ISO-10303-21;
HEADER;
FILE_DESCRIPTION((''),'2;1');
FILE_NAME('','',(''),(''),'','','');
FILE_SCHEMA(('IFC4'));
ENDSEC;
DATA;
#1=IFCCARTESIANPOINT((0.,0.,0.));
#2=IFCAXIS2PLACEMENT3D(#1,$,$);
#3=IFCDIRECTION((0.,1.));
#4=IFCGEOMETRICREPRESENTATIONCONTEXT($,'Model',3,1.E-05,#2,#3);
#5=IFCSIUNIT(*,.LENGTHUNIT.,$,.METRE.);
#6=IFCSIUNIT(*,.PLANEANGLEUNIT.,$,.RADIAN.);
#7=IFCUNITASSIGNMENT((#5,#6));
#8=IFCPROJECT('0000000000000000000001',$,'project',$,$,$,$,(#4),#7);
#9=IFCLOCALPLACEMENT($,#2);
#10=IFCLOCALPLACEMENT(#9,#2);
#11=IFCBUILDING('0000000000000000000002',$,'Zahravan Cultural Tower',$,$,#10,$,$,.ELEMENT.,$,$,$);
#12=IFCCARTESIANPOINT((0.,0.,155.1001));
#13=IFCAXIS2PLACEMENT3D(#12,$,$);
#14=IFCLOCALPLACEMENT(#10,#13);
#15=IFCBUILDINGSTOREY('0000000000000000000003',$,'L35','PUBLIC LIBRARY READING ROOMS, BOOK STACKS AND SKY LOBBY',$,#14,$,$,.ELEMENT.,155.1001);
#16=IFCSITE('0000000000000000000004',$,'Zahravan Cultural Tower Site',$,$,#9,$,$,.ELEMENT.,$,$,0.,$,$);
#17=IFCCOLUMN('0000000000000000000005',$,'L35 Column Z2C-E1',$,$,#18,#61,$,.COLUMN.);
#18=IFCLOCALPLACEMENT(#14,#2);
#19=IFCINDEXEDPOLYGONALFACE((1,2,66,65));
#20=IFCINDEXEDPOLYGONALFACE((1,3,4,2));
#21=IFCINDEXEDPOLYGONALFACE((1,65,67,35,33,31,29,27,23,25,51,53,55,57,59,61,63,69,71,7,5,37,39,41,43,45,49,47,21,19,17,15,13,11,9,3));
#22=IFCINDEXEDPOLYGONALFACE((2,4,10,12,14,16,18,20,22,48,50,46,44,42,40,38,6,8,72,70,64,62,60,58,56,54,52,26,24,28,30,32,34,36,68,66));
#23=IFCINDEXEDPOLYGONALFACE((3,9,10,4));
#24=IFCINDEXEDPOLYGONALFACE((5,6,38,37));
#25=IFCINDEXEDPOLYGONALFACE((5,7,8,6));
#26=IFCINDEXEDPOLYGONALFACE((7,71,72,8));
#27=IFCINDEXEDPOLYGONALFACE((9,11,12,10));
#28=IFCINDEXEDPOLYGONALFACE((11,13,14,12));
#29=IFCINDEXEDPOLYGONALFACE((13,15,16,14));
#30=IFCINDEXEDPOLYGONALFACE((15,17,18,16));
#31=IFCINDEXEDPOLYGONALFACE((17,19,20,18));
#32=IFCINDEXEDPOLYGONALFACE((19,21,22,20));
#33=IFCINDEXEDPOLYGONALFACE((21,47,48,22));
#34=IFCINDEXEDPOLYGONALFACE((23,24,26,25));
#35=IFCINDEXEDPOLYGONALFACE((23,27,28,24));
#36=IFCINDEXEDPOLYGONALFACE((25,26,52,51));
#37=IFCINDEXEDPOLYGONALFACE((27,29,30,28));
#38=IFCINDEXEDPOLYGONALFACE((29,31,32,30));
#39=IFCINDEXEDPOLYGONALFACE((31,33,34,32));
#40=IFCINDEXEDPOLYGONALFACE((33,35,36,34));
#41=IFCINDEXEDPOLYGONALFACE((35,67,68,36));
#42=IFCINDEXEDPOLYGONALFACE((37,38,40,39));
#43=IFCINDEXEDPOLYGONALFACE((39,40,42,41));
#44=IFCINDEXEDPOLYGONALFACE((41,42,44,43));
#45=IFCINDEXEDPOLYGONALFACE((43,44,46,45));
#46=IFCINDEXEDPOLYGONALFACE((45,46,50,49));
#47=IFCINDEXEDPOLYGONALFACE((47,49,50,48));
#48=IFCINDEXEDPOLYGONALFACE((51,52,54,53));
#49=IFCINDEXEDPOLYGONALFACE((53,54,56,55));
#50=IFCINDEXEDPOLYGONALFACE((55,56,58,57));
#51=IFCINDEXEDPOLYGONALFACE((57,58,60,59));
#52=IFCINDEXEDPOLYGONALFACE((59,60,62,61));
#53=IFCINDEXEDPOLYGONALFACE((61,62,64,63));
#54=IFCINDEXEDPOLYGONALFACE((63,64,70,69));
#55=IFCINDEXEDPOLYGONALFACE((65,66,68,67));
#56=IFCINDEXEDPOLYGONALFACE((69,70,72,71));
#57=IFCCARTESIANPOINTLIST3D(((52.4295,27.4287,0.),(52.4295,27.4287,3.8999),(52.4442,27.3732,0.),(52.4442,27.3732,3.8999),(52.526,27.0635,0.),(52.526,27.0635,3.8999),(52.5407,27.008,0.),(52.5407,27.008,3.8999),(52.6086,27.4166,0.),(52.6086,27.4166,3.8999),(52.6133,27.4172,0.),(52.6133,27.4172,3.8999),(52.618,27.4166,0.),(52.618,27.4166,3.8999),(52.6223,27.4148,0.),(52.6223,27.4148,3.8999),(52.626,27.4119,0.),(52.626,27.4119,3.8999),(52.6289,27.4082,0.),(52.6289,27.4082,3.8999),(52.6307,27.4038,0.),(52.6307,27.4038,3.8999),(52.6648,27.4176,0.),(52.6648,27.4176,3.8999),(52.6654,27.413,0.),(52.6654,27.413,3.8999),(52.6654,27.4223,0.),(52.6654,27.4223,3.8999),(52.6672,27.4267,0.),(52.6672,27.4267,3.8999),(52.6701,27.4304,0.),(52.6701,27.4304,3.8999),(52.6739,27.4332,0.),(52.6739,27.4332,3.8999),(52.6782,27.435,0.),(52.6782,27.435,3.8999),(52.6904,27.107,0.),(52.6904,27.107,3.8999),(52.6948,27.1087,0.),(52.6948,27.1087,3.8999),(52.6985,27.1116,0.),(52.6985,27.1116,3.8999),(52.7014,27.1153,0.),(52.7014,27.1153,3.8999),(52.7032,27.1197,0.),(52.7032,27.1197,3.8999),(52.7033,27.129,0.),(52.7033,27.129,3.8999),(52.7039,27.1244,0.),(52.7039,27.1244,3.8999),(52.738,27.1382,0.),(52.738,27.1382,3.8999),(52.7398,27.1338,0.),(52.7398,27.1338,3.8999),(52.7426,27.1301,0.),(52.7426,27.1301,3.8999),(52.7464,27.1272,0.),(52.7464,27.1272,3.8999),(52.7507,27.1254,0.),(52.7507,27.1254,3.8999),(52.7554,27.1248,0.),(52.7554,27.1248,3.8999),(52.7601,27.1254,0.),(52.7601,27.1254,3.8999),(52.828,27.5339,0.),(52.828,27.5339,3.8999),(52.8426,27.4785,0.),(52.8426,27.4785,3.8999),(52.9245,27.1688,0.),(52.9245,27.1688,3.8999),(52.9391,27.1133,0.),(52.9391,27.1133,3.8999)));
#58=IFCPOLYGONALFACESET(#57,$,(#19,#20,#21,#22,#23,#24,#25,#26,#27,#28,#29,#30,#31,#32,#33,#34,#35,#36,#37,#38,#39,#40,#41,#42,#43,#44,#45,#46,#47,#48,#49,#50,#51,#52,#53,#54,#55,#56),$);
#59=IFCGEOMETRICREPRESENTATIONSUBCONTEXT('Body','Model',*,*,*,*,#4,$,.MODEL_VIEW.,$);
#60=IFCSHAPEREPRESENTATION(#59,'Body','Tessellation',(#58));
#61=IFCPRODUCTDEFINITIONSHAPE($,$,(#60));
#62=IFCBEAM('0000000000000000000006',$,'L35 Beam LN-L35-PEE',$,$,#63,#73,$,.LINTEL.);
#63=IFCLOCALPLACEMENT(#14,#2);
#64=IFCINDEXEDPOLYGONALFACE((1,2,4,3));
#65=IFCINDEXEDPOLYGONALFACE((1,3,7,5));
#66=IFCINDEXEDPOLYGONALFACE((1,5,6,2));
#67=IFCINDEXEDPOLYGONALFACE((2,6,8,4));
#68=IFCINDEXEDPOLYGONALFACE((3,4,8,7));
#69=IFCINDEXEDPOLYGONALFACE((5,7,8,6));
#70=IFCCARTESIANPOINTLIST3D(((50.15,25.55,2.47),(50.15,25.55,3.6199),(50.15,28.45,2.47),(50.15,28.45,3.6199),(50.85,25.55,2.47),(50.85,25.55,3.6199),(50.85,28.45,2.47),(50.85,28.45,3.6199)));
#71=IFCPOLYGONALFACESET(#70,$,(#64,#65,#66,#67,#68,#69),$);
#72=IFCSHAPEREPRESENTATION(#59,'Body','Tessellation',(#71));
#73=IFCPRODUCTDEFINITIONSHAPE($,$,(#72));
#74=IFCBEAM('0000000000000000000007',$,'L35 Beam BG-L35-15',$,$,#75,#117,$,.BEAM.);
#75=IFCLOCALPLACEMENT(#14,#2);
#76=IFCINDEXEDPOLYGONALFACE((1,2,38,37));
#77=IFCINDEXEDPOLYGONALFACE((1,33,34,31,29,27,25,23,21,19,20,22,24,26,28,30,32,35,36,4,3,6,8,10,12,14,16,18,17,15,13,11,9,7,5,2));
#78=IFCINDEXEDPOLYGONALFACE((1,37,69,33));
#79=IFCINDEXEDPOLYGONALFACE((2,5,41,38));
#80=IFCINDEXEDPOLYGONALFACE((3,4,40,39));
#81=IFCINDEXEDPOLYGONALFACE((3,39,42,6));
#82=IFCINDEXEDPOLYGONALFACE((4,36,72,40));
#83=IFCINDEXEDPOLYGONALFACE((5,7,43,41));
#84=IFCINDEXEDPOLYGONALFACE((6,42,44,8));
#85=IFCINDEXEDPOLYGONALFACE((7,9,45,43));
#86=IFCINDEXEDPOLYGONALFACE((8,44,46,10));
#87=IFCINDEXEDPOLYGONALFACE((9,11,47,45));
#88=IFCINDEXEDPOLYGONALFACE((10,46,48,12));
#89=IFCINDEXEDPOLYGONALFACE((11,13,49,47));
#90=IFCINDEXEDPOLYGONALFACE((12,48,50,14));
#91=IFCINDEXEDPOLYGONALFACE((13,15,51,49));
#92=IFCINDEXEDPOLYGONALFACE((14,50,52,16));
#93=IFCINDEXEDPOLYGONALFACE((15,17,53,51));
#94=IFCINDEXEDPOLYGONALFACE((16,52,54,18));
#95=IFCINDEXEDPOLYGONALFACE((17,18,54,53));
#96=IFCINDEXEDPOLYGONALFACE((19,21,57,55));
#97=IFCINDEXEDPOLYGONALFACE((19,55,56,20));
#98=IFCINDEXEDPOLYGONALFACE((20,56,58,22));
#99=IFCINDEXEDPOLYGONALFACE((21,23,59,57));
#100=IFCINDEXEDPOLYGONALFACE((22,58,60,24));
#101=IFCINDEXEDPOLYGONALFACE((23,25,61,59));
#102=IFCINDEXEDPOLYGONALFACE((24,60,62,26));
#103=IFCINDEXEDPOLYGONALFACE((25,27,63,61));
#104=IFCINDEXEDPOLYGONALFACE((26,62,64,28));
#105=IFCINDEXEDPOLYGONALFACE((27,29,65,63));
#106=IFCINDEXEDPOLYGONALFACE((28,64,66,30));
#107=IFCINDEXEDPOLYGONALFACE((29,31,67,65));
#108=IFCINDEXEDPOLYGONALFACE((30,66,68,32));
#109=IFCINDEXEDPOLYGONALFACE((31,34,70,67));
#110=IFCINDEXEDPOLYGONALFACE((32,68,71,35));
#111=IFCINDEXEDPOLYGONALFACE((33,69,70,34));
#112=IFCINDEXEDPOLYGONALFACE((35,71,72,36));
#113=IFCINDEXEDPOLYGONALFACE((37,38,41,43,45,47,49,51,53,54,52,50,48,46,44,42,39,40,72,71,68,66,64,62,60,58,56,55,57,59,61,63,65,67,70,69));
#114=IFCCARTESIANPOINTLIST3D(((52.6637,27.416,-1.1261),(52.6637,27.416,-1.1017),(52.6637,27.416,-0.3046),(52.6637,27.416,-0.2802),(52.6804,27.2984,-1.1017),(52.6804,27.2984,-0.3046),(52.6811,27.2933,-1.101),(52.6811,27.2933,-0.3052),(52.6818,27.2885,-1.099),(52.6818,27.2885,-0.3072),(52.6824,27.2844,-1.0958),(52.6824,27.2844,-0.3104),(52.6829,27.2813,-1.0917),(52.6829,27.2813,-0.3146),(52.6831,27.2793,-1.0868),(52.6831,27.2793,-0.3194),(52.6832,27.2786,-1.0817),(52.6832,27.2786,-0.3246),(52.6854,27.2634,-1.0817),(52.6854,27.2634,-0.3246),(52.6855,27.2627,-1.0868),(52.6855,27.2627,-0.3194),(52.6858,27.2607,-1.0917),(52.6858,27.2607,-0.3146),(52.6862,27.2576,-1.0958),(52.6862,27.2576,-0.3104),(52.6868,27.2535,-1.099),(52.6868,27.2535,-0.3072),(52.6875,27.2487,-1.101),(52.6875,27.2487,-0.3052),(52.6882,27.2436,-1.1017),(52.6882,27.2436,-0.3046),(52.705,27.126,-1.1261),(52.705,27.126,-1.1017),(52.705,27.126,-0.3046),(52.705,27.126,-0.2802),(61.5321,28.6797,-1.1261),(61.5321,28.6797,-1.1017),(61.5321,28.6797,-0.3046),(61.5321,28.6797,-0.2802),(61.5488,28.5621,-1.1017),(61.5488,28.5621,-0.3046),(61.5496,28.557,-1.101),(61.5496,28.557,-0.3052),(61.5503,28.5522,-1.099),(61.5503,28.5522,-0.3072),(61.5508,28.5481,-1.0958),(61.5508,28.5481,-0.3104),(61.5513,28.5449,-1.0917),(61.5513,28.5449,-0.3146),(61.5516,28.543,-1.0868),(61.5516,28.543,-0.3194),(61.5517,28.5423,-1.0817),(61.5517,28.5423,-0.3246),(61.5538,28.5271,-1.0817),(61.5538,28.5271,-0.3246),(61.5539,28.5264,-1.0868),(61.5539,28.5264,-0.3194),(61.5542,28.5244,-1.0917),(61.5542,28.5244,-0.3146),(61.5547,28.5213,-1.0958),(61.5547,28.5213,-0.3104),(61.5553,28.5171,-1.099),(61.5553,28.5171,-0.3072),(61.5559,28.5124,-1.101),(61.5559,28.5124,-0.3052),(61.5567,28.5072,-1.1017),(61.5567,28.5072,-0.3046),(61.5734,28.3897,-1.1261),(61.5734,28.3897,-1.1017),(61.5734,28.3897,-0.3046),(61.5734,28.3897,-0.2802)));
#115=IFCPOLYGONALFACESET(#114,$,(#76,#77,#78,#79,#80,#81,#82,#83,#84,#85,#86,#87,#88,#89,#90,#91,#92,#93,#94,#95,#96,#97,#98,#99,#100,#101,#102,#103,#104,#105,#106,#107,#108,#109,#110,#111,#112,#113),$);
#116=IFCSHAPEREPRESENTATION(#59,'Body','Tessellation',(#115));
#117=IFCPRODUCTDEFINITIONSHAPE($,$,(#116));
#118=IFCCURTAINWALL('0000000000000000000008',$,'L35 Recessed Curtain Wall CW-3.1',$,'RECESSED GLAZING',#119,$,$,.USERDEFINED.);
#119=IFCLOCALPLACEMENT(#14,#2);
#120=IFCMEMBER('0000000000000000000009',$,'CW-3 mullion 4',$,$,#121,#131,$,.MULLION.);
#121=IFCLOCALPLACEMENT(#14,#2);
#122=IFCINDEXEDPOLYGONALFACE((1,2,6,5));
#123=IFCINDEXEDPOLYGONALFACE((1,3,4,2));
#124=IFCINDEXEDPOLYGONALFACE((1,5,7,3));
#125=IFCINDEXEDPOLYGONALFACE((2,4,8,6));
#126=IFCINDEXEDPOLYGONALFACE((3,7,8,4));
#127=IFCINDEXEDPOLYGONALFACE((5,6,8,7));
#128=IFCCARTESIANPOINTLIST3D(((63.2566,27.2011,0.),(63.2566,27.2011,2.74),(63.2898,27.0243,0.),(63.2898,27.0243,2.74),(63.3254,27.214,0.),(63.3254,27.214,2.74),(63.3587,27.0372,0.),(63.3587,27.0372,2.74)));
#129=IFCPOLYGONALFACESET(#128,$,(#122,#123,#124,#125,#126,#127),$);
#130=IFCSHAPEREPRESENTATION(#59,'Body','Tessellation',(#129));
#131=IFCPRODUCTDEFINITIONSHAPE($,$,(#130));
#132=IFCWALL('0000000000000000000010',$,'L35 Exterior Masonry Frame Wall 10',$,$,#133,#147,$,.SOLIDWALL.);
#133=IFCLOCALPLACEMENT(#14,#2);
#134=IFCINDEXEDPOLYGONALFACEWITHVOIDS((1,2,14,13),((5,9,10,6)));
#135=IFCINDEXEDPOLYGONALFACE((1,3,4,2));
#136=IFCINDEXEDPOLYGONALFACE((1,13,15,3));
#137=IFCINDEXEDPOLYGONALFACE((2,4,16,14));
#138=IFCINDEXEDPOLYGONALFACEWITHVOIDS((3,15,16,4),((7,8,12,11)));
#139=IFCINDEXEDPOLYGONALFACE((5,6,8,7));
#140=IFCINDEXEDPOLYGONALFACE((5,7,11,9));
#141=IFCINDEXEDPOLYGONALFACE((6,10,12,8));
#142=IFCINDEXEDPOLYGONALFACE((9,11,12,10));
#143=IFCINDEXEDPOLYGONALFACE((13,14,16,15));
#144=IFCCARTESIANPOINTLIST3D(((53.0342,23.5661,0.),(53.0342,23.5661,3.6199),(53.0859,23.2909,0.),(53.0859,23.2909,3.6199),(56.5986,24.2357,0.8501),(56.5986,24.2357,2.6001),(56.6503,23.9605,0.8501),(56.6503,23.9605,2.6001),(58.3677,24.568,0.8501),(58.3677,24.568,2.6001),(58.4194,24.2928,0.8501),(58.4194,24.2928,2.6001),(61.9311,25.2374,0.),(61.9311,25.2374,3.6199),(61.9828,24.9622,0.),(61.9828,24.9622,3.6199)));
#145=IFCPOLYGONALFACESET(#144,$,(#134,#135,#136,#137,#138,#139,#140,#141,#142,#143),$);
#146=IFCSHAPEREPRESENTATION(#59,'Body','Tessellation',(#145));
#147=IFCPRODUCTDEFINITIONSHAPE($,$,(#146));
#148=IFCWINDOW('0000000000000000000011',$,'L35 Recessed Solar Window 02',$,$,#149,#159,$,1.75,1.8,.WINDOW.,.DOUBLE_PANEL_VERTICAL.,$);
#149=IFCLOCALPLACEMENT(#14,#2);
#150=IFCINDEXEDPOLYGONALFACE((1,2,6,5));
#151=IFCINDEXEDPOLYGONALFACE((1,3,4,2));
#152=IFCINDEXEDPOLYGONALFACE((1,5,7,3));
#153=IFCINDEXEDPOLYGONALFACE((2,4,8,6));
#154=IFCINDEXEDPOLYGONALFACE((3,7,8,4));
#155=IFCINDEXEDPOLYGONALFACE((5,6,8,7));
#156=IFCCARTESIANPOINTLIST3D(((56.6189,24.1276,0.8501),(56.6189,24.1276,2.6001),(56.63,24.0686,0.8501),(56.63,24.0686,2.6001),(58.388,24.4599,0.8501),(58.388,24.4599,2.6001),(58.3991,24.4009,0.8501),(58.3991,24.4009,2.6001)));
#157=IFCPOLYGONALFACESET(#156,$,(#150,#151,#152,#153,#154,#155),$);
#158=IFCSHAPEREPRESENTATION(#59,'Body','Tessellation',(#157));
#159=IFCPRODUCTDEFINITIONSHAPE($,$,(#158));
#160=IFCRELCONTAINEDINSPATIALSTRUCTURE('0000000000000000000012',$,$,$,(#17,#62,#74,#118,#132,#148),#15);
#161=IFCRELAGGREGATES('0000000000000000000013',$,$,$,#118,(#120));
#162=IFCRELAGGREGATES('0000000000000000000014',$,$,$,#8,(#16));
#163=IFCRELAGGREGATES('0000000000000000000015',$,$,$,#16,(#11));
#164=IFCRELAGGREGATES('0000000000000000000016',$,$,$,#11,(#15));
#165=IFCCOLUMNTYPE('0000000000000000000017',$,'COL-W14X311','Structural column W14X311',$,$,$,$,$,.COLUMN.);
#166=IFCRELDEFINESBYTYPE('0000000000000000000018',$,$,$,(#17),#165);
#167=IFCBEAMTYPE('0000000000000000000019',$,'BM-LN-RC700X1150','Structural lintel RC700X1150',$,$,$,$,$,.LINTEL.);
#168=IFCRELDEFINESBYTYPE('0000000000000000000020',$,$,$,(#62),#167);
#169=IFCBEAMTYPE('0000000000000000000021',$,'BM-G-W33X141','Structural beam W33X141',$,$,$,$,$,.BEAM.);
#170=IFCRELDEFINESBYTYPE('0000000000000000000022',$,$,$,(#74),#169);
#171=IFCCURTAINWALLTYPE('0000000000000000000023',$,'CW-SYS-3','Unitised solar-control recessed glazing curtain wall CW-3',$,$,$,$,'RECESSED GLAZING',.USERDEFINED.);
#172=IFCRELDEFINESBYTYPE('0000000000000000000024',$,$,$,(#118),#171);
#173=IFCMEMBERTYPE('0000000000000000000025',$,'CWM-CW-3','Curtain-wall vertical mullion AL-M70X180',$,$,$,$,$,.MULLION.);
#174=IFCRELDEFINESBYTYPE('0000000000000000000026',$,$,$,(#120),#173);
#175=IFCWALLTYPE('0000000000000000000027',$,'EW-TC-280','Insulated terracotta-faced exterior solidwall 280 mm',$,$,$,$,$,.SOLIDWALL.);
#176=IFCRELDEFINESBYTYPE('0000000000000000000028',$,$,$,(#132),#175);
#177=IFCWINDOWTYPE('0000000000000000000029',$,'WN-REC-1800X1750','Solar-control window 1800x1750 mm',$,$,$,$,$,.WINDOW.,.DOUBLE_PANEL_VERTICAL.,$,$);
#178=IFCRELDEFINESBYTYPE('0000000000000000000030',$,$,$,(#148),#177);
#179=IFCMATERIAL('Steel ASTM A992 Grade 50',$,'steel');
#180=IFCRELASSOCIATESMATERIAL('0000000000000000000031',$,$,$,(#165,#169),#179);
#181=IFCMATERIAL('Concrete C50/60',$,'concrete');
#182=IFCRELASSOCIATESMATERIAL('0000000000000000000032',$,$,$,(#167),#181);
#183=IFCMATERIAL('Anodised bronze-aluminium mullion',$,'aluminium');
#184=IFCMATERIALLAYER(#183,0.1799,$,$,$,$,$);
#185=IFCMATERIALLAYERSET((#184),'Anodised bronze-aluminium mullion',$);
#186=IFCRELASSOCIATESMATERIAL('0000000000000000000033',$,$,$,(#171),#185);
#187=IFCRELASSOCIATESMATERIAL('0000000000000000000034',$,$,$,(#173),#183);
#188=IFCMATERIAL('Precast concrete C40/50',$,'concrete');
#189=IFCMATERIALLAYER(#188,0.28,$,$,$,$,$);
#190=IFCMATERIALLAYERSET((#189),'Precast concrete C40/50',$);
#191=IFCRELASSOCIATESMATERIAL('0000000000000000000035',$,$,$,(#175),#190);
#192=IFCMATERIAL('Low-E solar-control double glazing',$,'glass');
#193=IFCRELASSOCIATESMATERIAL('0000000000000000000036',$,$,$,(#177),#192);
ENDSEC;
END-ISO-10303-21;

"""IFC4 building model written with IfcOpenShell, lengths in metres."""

from ifc_helpers import new_model, si_unit, direction, frame, frame_2d, origin, origin_2d, place, context, subcontext, project, spatial, rectangle, i_section, extrude, source, transform, mapped, material, layer, layer_set, material_profile, profile_set, type_object, element, fill, aggregate, save


model = new_model("IFC4")

# Units and contexts
model_context = context("Model", 3, precision=1e-05, world=origin(), true_north=direction((0.0, 1.0)))
body_context = subcontext(model_context, "Body", "Model", "MODEL_VIEW")
ifc_project = project(units=[si_unit("LENGTHUNIT", "METRE"), si_unit("PLANEANGLEUNIT", "RADIAN")], contexts=[model_context])

# Site, building, storey
site_placement = place(None, origin())
site = spatial("IfcSite", under=ifc_project, at=site_placement, Name="Zahravan Cultural Tower Site", CompositionType="ELEMENT", RefElevation=0.0)
building_placement = place(site_placement, origin())
building = spatial("IfcBuilding", under=site, at=building_placement, Name="Zahravan Cultural Tower", CompositionType="ELEMENT")
storey_placement = place(building_placement, frame((0.0, 0.0, 155.1001)))
storey = spatial("IfcBuildingStorey", under=building, at=storey_placement, Name="L35", Description="PUBLIC LIBRARY READING ROOMS, BOOK STACKS AND SKY LOBBY", CompositionType="ELEMENT", Elevation=155.1001)

# Column
ifc_material_1 = material(Name="Steel ASTM A992 Grade 50", Category="steel")
ifc_material_profile_1 = material_profile(ifc_material_1, i_section(OverallWidth=0.4121, OverallDepth=0.4351, WebThickness=0.0359, FlangeThickness=0.0574, FilletRadius=0.0181, at=origin_2d()), Name="W14X311")
ifc_profile_set_1 = profile_set([ifc_material_profile_1], Name="Steel ASTM A992 Grade 50")
column_type = type_object("IfcColumnType", Name="COL-W14X311", Description="Structural column W14X311", PredefinedType="COLUMN", material=ifc_profile_set_1)
shared_shape_1 = source(origin(), body_context, "Body", "SweptSolid", [
    extrude(i_section(OverallWidth=0.4121, OverallDepth=0.4351, WebThickness=0.0359, FlangeThickness=0.0574, FilletRadius=0.0181, at=origin_2d()), origin(), (0.0, 0.0, 1.0), 3.8999),
])
column_placement = place(storey_placement, frame((52.6843, 27.271, 0.0), z_axis=(0.0, 0.0, 1.0), x_axis=(0.966823, 0.255446, 0.0)))
element("IfcColumn", 1, at=column_placement, inside=storey, type_object=column_type, Name="L35 Column Z2C-E1", PredefinedType="COLUMN", context=body_context, shape_type="MappedRepresentation", body=[
    mapped(shared_shape_1, transform((0.0, 0.0, 0.0), x_axis=(1.0, 0.0, 0.0), y_axis=(0.0, 1.0, 0.0), z_axis=(0.0, 0.0, 1.0), scale=1.0)),
])

# Beams
ifc_material_2 = material(Name="Concrete C50/60", Category="concrete")
ifc_material_profile_2 = material_profile(ifc_material_2, rectangle(XDim=0.7, YDim=1.1499, at=origin_2d()), Name="RC700X1150")
ifc_profile_set_2 = profile_set([ifc_material_profile_2], Name="Concrete C50/60")
beam_type_1 = type_object("IfcBeamType", Name="BM-LN-RC700X1150", Description="Structural lintel RC700X1150", PredefinedType="LINTEL", material=ifc_profile_set_2)
shared_shape_2 = source(origin(), body_context, "Body", "SweptSolid", [
    extrude(rectangle(XDim=0.7, YDim=1.1499, at=origin_2d()), origin(), (0.0, 0.0, 1.0), 2.8999),
])
beam_1_placement = place(storey_placement, frame((50.5, 25.55, 3.0449), z_axis=(0.0, 1.0, 0.0), x_axis=(-1.0, 0.0, 0.0)))
element("IfcBeam", 2, at=beam_1_placement, inside=storey, type_object=beam_type_1, Name="L35 Beam LN-L35-PEE", PredefinedType="LINTEL", context=body_context, shape_type="MappedRepresentation", body=[
    mapped(shared_shape_2, transform((0.0, 0.0, 0.0), x_axis=(1.0, 0.0, 0.0), y_axis=(0.0, 1.0, 0.0), z_axis=(0.0, 0.0, 1.0), scale=1.0)),
])
ifc_material_profile_3 = material_profile(ifc_material_1, i_section(OverallWidth=0.293, OverallDepth=0.8459, WebThickness=0.0154, FlangeThickness=0.0244, FilletRadius=0.02, at=origin_2d()), Name="W33X141")
ifc_profile_set_3 = profile_set([ifc_material_profile_3], Name="Steel ASTM A992 Grade 50")
beam_type_2 = type_object("IfcBeamType", Name="BM-G-W33X141", Description="Structural beam W33X141", PredefinedType="BEAM", material=ifc_profile_set_3)
shared_shape_3 = source(origin(), body_context, "Body", "SweptSolid", [
    extrude(i_section(OverallWidth=0.293, OverallDepth=0.8459, WebThickness=0.0154, FlangeThickness=0.0244, FilletRadius=0.02, at=origin_2d()), origin(), (0.0, 0.0, 1.0), 8.958),
])
beam_2_placement = place(storey_placement, frame((52.6843, 27.271, -0.7031), z_axis=(0.99, 0.141067, 0.0), x_axis=(-0.141067, 0.99, 0.0)))
element("IfcBeam", 3, at=beam_2_placement, inside=storey, type_object=beam_type_2, Name="L35 Beam BG-L35-15", PredefinedType="BEAM", context=body_context, shape_type="MappedRepresentation", body=[
    mapped(shared_shape_3, transform((0.0, 0.0, 0.0), x_axis=(1.0, 0.0, 0.0), y_axis=(0.0, 1.0, 0.0), z_axis=(0.0, 0.0, 1.0), scale=1.0)),
])

# Curtain wall, member
ifc_material_3 = material(Name="Anodised bronze-aluminium mullion", Category="aluminium")
ifc_layer_1 = layer(ifc_material_3, 0.1799)
ifc_layer_set_1 = layer_set([ifc_layer_1], Name="Anodised bronze-aluminium mullion")
curtain_wall_type = type_object("IfcCurtainWallType", Name="CW-SYS-3", Description="Unitised solar-control recessed glazing curtain wall CW-3", ElementType="RECESSED GLAZING", PredefinedType="USERDEFINED", material=ifc_layer_set_1)
curtain_wall_placement = place(storey_placement, origin())
curtain_wall = element("IfcCurtainWall", 4, at=curtain_wall_placement, inside=storey, type_object=curtain_wall_type, Name="L35 Recessed Curtain Wall CW-3.1", ObjectType="RECESSED GLAZING", PredefinedType="USERDEFINED")
ifc_material_profile_4 = material_profile(ifc_material_3, rectangle(XDim=0.0701, YDim=0.1799, at=origin_2d()), Name="AL-M70X180")
ifc_profile_set_4 = profile_set([ifc_material_profile_4], Name="Anodised bronze-aluminium mullion")
member_type = type_object("IfcMemberType", Name="CWM-CW-3", Description="Curtain-wall vertical mullion AL-M70X180", PredefinedType="MULLION", material=ifc_profile_set_4)
shared_shape_4 = source(origin(), body_context, "Body", "SweptSolid", [
    extrude(rectangle(XDim=0.0701, YDim=0.1799, at=origin_2d()), origin(), (0.0, 0.0, 1.0), 2.74),
])
member_placement = place(storey_placement, frame((63.3076, 27.1191, 0.0), z_axis=(0.0, 0.0, 1.0), x_axis=(0.982807, 0.184638, 0.0)))
member = element("IfcMember", 5, at=member_placement, type_object=member_type, Name="CW-3 mullion 4", PredefinedType="MULLION", context=body_context, shape_type="MappedRepresentation", body=[
    mapped(shared_shape_4, transform((0.0, 0.0, 0.0), x_axis=(1.0, 0.0, 0.0), y_axis=(0.0, 1.0, 0.0), z_axis=(0.0, 0.0, 1.0), scale=1.0)),
])
aggregate(curtain_wall, [member])

# Wall, opening, window
ifc_material_4 = material(Name="Precast concrete C40/50", Category="concrete")
ifc_layer_2 = layer(ifc_material_4, 0.28)
ifc_layer_set_2 = layer_set([ifc_layer_2], Name="Precast concrete C40/50")
wall_type_1 = type_object("IfcWallType", Name="EW-TC-280", Description="Insulated terracotta-faced exterior solidwall 280 mm", PredefinedType="SOLIDWALL", material=ifc_layer_set_2)
wall_1_placement = place(storey_placement, frame((61.957, 25.0999, 0.0), z_axis=(0.0, 0.0, 1.0), x_axis=(-0.982808, -0.18463, 0.0)))
wall_1 = element("IfcWall", 6, at=wall_1_placement, inside=storey, type_object=wall_type_1, Name="L35 Exterior Masonry Frame Wall 10", PredefinedType="SOLIDWALL", context=body_context, shape_type="SweptSolid", body=[
    extrude(rectangle(XDim=9.0525, YDim=0.28, at=frame_2d((4.5264, 0.0))), origin(), (0.0, 0.0, 1.0), 3.6199),
])
opening_placement = place(wall_1_placement, frame((3.626, 0.0, 0.8501)))
opening = element("IfcOpeningElement", 7, at=opening_placement, cuts=wall_1, PredefinedType="OPENING", context=body_context, shape_type="SweptSolid", body=[
    extrude(rectangle(XDim=1.8, YDim=1.75, at=frame_2d((0.8999, 0.875))), frame((0.0, 0.1499, 0.0), z_axis=(0.0, -1.0, 0.0), x_axis=(1.0, 0.0, 0.0)), (0.0, 0.0, 1.0), 0.3),
])
ifc_material_5 = material(Name="Low-E solar-control double glazing", Category="glass")
window_type = type_object("IfcWindowType", Name="WN-REC-1800X1750", Description="Solar-control window 1800x1750 mm", PartitioningType="DOUBLE_PANEL_VERTICAL", PredefinedType="WINDOW", material=ifc_material_5)
shared_shape_5 = source(origin(), body_context, "Body", "SweptSolid", [
    extrude(rectangle(XDim=1.8, YDim=1.75, at=frame_2d((0.8999, 0.875))), frame((0.0, 0.03, 0.0), z_axis=(0.0, -1.0, 0.0), x_axis=(1.0, 0.0, 0.0)), (0.0, 0.0, 1.0), 0.0601),
])
window_placement = place(opening_placement, origin())
window = element("IfcWindow", 8, at=window_placement, inside=storey, type_object=window_type, Name="L35 Recessed Solar Window 02", OverallHeight=1.75, OverallWidth=1.8, PartitioningType="DOUBLE_PANEL_VERTICAL", PredefinedType="WINDOW", context=body_context, shape_type="MappedRepresentation", body=[
    mapped(shared_shape_5, transform((0.0, 0.0, 0.0), x_axis=(1.0, 0.0, 0.0), y_axis=(0.0, 1.0, 0.0), z_axis=(0.0, 0.0, 1.0), scale=1.0)),
])
fill(opening, window)

save(model, "model.ifc")
